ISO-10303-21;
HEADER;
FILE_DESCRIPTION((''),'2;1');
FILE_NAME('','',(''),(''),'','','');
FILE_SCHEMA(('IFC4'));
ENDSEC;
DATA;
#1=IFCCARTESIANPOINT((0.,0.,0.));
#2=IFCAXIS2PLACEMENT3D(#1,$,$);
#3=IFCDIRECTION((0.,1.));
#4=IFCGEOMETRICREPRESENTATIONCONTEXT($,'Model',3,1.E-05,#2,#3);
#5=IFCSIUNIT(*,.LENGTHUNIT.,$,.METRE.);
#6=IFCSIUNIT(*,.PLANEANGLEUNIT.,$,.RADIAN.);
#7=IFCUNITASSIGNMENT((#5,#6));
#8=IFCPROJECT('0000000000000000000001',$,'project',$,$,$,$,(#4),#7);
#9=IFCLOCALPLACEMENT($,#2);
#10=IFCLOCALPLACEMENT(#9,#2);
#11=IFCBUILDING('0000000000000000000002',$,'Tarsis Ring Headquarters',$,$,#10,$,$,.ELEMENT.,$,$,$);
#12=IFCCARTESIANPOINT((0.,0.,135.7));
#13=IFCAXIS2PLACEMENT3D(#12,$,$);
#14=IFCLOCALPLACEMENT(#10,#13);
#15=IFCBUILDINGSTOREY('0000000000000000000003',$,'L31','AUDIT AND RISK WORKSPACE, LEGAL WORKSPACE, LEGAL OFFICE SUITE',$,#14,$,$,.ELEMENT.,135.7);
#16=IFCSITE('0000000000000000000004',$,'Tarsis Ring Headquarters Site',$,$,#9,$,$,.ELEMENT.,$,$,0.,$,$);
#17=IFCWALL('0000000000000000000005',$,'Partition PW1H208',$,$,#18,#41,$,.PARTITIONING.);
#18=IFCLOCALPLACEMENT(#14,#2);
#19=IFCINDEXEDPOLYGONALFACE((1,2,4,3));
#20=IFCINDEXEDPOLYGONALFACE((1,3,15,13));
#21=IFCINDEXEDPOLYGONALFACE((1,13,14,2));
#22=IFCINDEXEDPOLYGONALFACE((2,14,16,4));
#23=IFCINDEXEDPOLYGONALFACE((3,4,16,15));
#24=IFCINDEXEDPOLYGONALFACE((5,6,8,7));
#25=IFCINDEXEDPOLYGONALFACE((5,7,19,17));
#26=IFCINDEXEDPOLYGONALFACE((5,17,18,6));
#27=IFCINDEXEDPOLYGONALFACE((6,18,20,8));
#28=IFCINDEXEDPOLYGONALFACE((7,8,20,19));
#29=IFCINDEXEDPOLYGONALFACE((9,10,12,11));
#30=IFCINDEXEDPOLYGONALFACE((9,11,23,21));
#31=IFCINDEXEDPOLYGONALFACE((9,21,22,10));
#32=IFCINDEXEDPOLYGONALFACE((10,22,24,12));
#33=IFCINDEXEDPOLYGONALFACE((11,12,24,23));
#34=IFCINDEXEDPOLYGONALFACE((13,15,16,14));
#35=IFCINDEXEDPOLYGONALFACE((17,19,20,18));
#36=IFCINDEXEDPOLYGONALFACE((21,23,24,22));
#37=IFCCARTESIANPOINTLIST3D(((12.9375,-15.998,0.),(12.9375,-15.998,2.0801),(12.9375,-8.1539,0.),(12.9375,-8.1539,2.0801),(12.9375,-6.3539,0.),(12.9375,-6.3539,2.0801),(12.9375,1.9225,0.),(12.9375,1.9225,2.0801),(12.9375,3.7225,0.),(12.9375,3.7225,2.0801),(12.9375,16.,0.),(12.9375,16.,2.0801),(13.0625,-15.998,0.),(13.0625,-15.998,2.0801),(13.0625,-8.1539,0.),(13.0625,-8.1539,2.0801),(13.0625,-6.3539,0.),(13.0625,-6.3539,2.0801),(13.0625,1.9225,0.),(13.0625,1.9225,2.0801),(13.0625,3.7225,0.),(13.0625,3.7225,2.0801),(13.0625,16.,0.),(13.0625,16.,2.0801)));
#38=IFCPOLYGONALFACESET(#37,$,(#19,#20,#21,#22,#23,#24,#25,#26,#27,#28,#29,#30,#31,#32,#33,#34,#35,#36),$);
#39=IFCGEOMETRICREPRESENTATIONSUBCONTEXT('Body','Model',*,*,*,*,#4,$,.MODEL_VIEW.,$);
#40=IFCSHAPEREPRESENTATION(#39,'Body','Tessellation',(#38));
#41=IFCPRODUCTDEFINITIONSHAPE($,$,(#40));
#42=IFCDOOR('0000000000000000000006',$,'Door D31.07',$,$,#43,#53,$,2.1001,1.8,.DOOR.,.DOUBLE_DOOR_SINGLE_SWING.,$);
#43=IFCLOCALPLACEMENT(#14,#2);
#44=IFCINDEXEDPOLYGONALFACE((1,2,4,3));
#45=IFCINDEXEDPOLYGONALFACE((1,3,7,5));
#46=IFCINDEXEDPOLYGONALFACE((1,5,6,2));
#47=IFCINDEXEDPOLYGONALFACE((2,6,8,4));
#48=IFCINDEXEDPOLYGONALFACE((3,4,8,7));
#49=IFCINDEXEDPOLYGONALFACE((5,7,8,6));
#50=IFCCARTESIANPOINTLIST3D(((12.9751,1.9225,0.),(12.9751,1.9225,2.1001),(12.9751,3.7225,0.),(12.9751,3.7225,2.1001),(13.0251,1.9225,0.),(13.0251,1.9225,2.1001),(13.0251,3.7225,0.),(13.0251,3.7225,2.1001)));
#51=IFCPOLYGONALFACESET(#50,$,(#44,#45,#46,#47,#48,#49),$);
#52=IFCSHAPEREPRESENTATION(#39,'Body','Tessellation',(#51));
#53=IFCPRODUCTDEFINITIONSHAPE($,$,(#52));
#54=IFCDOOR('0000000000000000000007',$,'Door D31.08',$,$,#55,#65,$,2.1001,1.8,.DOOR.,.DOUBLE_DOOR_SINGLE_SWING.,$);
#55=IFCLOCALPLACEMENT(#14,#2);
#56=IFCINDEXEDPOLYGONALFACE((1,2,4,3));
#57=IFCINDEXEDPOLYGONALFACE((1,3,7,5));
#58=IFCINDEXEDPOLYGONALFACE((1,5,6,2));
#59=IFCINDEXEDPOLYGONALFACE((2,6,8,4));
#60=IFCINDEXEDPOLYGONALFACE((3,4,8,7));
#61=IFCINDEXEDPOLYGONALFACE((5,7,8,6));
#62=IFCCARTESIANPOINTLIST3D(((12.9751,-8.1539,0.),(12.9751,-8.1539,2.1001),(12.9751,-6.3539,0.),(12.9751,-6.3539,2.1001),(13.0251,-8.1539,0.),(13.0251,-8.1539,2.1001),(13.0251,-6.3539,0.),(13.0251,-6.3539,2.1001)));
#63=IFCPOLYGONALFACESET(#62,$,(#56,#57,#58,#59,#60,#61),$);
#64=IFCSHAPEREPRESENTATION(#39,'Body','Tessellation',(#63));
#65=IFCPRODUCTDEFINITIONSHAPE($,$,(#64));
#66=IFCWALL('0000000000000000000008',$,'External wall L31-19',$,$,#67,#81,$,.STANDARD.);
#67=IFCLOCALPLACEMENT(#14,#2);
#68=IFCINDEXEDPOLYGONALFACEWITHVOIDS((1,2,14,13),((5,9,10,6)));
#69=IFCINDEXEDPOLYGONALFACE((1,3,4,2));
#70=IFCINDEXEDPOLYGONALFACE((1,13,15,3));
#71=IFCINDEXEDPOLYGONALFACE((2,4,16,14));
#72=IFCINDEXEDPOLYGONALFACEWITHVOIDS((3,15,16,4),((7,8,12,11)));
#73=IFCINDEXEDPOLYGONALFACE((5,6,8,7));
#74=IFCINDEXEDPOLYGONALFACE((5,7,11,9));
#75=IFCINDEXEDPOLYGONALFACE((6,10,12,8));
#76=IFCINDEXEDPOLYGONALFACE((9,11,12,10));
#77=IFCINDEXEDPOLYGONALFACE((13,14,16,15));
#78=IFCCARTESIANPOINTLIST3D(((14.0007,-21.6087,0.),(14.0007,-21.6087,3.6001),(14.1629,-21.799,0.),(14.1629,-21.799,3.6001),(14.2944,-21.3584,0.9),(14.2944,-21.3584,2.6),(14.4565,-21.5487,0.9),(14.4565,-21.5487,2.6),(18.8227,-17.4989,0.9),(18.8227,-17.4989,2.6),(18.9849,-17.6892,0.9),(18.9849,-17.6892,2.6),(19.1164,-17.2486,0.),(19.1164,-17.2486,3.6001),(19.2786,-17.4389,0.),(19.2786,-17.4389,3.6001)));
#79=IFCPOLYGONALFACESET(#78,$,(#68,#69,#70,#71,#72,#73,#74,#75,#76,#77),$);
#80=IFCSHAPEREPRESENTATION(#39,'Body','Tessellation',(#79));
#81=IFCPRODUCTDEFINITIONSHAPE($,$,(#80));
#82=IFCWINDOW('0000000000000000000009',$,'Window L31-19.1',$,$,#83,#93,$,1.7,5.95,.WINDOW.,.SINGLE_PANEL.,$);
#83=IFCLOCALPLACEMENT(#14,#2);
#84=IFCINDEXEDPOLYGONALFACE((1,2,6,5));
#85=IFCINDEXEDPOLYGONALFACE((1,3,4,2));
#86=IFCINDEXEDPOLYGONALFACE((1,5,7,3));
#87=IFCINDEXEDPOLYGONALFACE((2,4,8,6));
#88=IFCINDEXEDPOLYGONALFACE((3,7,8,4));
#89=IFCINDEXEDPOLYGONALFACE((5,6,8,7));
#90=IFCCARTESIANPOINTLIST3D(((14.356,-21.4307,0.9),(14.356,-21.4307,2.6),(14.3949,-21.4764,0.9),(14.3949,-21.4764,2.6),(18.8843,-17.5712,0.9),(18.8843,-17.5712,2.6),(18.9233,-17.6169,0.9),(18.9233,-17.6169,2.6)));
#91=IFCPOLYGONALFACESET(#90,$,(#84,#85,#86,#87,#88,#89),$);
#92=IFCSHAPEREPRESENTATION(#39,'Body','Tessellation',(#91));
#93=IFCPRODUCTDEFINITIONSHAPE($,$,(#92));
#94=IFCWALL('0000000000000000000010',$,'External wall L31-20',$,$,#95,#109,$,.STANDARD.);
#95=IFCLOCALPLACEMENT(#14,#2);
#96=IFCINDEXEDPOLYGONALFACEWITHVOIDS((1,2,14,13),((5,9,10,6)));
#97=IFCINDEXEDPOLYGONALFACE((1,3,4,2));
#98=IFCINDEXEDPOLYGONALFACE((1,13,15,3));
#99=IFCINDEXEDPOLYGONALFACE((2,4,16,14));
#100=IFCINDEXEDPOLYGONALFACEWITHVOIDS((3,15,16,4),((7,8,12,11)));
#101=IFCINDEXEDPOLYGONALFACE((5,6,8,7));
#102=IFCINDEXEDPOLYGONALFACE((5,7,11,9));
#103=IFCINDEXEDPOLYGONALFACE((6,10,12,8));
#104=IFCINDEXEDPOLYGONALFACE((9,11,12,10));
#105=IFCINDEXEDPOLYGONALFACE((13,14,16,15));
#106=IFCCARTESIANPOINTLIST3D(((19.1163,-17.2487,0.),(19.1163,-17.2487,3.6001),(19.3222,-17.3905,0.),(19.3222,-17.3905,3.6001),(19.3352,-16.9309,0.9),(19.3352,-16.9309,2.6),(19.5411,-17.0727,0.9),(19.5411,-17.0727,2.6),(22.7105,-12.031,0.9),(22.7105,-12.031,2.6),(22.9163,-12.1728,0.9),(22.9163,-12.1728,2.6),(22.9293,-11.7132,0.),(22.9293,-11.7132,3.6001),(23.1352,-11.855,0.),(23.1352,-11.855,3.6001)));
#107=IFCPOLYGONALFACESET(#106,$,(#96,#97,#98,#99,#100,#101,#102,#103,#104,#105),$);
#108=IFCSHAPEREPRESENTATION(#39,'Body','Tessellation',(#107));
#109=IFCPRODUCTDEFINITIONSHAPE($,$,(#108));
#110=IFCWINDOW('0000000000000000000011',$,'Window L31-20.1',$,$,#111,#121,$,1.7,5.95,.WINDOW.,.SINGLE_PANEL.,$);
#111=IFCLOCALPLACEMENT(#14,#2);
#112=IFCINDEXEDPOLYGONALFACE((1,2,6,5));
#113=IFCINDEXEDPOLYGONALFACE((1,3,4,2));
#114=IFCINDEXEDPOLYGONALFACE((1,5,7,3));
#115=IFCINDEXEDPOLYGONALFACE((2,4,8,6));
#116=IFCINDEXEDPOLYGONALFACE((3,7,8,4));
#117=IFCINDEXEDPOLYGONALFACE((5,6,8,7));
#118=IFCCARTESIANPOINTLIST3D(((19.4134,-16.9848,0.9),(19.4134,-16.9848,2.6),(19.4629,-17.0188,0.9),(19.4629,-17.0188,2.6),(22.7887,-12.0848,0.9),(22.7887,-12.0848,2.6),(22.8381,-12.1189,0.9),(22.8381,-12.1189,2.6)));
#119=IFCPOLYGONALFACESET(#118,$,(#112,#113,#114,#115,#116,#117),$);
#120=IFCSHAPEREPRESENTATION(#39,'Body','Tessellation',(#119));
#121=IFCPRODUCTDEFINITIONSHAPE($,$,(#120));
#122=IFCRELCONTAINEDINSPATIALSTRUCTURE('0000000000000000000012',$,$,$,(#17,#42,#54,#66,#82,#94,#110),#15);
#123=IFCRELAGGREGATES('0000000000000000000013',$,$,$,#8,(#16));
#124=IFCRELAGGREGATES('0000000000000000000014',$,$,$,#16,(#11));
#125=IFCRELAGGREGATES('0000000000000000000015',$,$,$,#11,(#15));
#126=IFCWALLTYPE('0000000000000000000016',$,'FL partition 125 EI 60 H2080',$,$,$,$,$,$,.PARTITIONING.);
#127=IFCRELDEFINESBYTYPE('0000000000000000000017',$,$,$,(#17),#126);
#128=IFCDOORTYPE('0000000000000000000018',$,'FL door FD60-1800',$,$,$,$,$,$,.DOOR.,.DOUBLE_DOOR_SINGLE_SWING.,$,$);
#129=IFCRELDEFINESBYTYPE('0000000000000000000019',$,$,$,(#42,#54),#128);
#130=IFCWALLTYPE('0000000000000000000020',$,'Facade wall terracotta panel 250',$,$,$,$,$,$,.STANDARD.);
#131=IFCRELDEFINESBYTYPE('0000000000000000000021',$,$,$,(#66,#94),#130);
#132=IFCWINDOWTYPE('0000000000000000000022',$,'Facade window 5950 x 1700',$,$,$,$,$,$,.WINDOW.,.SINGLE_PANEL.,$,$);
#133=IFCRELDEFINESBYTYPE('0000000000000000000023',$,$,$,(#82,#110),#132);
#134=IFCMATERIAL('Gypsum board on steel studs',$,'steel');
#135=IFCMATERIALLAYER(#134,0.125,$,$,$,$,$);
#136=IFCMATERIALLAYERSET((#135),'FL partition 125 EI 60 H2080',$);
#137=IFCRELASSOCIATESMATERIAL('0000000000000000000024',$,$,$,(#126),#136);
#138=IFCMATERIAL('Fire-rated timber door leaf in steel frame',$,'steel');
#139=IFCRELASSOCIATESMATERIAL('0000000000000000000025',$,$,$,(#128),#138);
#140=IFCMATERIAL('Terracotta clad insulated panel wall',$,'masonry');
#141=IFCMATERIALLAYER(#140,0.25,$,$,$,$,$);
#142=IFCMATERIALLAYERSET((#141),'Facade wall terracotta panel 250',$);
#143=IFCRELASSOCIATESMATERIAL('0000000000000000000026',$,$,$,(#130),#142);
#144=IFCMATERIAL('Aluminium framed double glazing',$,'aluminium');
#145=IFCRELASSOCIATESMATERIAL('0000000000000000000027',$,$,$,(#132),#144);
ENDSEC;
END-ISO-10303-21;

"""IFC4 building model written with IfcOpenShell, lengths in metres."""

from ifc_helpers import new_model, si_unit, direction, frame, frame_2d, origin, place, context, subcontext, project, spatial, rectangle, extrude, material, layer, layer_set, type_object, element, fill, save


model = new_model("IFC4")

# Units and contexts
model_context = context("Model", 3, precision=1e-05, world=origin(), true_north=direction((0.0, 1.0)))
body_context = subcontext(model_context, "Body", "Model", "MODEL_VIEW")
ifc_project = project(units=[si_unit("LENGTHUNIT", "METRE"), si_unit("PLANEANGLEUNIT", "RADIAN")], contexts=[model_context])

# Site, building, storey
site_placement = place(None, origin())
site = spatial("IfcSite", under=ifc_project, at=site_placement, Name="Tarsis Ring Headquarters Site", CompositionType="ELEMENT", RefElevation=0.0)
building_placement = place(site_placement, origin())
building = spatial("IfcBuilding", under=site, at=building_placement, Name="Tarsis Ring Headquarters", CompositionType="ELEMENT")
storey_placement = place(building_placement, frame((0.0, 0.0, 135.7)))
storey = spatial("IfcBuildingStorey", under=building, at=storey_placement, Name="L31", Description="AUDIT AND RISK WORKSPACE, LEGAL WORKSPACE, LEGAL OFFICE SUITE", CompositionType="ELEMENT", Elevation=135.7)

# Wall, openings, doors
ifc_material_1 = material(Name="Gypsum board on steel studs", Category="steel")
ifc_layer_1 = layer(ifc_material_1, 0.125)
ifc_layer_set_1 = layer_set([ifc_layer_1], Name="FL partition 125 EI 60 H2080")
wall_type_1 = type_object("IfcWallType", Name="FL partition 125 EI 60 H2080", PredefinedType="PARTITIONING", material=ifc_layer_set_1)
wall_1_placement = place(storey_placement, frame((13.0, -15.998, 0.0), z_axis=(0.0, 0.0, 1.0), x_axis=(0.0, 1.0, 0.0)))
wall_1 = element("IfcWall", 1, at=wall_1_placement, inside=storey, type_object=wall_type_1, Name="Partition PW1H208", PredefinedType="PARTITIONING", context=body_context, shape_type="SweptSolid", body=[
    extrude(rectangle(XDim=31.998, YDim=0.125, at=frame_2d((15.999, 0.0))), origin(), (0.0, 0.0, 1.0), 2.0801),
])
opening_1_placement = place(wall_1_placement, frame((17.9207, 0.0, 0.0)))
opening_1 = element("IfcOpeningElement", 2, at=opening_1_placement, cuts=wall_1, PredefinedType="OPENING", context=body_context, shape_type="SweptSolid", body=[
    extrude(rectangle(XDim=1.8, YDim=2.1001, at=frame_2d((0.8999, 1.05))), frame((0.0, 0.0725, 0.0), z_axis=(0.0, -1.0, 0.0), x_axis=(1.0, 0.0, 0.0)), (0.0, 0.0, 1.0), 0.145),
])
opening_2_placement = place(wall_1_placement, frame((7.8442, 0.0, 0.0)))
opening_2 = element("IfcOpeningElement", 3, at=opening_2_placement, cuts=wall_1, PredefinedType="OPENING", context=body_context, shape_type="SweptSolid", body=[
    extrude(rectangle(XDim=1.8, YDim=2.1001, at=frame_2d((0.8999, 1.05))), frame((0.0, 0.0725, 0.0), z_axis=(0.0, -1.0, 0.0), x_axis=(1.0, 0.0, 0.0)), (0.0, 0.0, 1.0), 0.145),
])
ifc_material_2 = material(Name="Fire-rated timber door leaf in steel frame", Category="steel")
door_type_1 = type_object("IfcDoorType", Name="FL door FD60-1800", OperationType="DOUBLE_DOOR_SINGLE_SWING", PredefinedType="DOOR", material=ifc_material_2)
door_1_placement = place(opening_1_placement, origin())
door_1 = element("IfcDoor", 4, at=door_1_placement, inside=storey, type_object=door_type_1, Name="Door D31.07", OperationType="DOUBLE_DOOR_SINGLE_SWING", OverallHeight=2.1001, OverallWidth=1.8, PredefinedType="DOOR", context=body_context, shape_type="SweptSolid", body=[
    extrude(rectangle(XDim=1.8, YDim=2.1001, at=frame_2d((0.8999, 1.05))), frame((0.0, 0.0249, 0.0), z_axis=(0.0, -1.0, 0.0), x_axis=(1.0, 0.0, 0.0)), (0.0, 0.0, 1.0), 0.05),
])
fill(opening_1, door_1)
door_2_placement = place(opening_2_placement, origin())
door_2 = element("IfcDoor", 5, at=door_2_placement, inside=storey, type_object=door_type_1, Name="Door D31.08", OperationType="DOUBLE_DOOR_SINGLE_SWING", OverallHeight=2.1001, OverallWidth=1.8, PredefinedType="DOOR", context=body_context, shape_type="SweptSolid", body=[
    extrude(rectangle(XDim=1.8, YDim=2.1001, at=frame_2d((0.8999, 1.05))), frame((0.0, 0.0249, 0.0), z_axis=(0.0, -1.0, 0.0), x_axis=(1.0, 0.0, 0.0)), (0.0, 0.0, 1.0), 0.05),
])
fill(opening_2, door_2)

# Walls, openings, windows
ifc_material_3 = material(Name="Terracotta clad insulated panel wall", Category="masonry")
ifc_layer_2 = layer(ifc_material_3, 0.25)
ifc_layer_set_2 = layer_set([ifc_layer_2], Name="Facade wall terracotta panel 250")
wall_type_2 = type_object("IfcWallType", Name="Facade wall terracotta panel 250", PredefinedType="STANDARD", material=ifc_layer_set_2)
wall_2_placement = place(storey_placement, frame((14.0818, -21.7039, 0.0), z_axis=(0.0, 0.0, 1.0), x_axis=(0.761077, 0.648662, 0.0)))
wall_2 = element("IfcWall", 6, at=wall_2_placement, inside=storey, type_object=wall_type_2, Name="External wall L31-19", PredefinedType="STANDARD", context=body_context, shape_type="SweptSolid", body=[
    extrude(rectangle(XDim=6.7217, YDim=0.25, at=frame_2d((3.3608, 0.0))), origin(), (0.0, 0.0, 1.0), 3.6001),
])
opening_3_placement = place(wall_2_placement, frame((0.3857, 0.0, 0.8999)))
opening_3 = element("IfcOpeningElement", 7, at=opening_3_placement, cuts=wall_2, PredefinedType="OPENING", context=body_context, shape_type="SweptSolid", body=[
    extrude(rectangle(XDim=5.95, YDim=1.7, at=frame_2d((2.9751, 0.8501))), frame((0.0, 0.135, 0.0), z_axis=(0.0, -1.0, 0.0), x_axis=(1.0, 0.0, 0.0)), (0.0, 0.0, 1.0), 0.27),
])
ifc_material_4 = material(Name="Aluminium framed double glazing", Category="aluminium")
window_type = type_object("IfcWindowType", Name="Facade window 5950 x 1700", PartitioningType="SINGLE_PANEL", PredefinedType="WINDOW", material=ifc_material_4)
window_1_placement = place(opening_3_placement, origin())
window_1 = element("IfcWindow", 8, at=window_1_placement, inside=storey, type_object=window_type, Name="Window L31-19.1", OverallHeight=1.7, OverallWidth=5.95, PartitioningType="SINGLE_PANEL", PredefinedType="WINDOW", context=body_context, shape_type="SweptSolid", body=[
    extrude(rectangle(XDim=5.95, YDim=1.7, at=frame_2d((2.9751, 0.8501))), frame((0.0, 0.03, 0.0), z_axis=(0.0, -1.0, 0.0), x_axis=(1.0, 0.0, 0.0)), (0.0, 0.0, 1.0), 0.0601),
])
fill(opening_3, window_1)
wall_3_placement = place(storey_placement, frame((19.2192, -17.3196, 0.0), z_axis=(0.0, 0.0, 1.0), x_axis=(0.567276, 0.823528, 0.0)))
wall_3 = element("IfcWall", 9, at=wall_3_placement, inside=storey, type_object=wall_type_2, Name="External wall L31-20", PredefinedType="STANDARD", context=body_context, shape_type="SweptSolid", body=[
    extrude(rectangle(XDim=6.7217, YDim=0.25, at=frame_2d((3.3608, 0.0))), origin(), (0.0, 0.0, 1.0), 3.6001),
])
opening_4_placement = place(wall_3_placement, frame((0.3857, 0.0, 0.8999)))
opening_4 = element("IfcOpeningElement", 10, at=opening_4_placement, cuts=wall_3, PredefinedType="OPENING", context=body_context, shape_type="SweptSolid", body=[
    extrude(rectangle(XDim=5.95, YDim=1.7, at=frame_2d((2.9751, 0.8501))), frame((0.0, 0.135, 0.0), z_axis=(0.0, -1.0, 0.0), x_axis=(1.0, 0.0, 0.0)), (0.0, 0.0, 1.0), 0.27),
])
window_2_placement = place(opening_4_placement, origin())
window_2 = element("IfcWindow", 11, at=window_2_placement, inside=storey, type_object=window_type, Name="Window L31-20.1", OverallHeight=1.7, OverallWidth=5.95, PartitioningType="SINGLE_PANEL", PredefinedType="WINDOW", context=body_context, shape_type="SweptSolid", body=[
    extrude(rectangle(XDim=5.95, YDim=1.7, at=frame_2d((2.9751, 0.8501))), frame((0.0, 0.03, 0.0), z_axis=(0.0, -1.0, 0.0), x_axis=(1.0, 0.0, 0.0)), (0.0, 0.0, 1.0), 0.0601),
])
fill(opening_4, window_2)

save(model, "model.ifc")
